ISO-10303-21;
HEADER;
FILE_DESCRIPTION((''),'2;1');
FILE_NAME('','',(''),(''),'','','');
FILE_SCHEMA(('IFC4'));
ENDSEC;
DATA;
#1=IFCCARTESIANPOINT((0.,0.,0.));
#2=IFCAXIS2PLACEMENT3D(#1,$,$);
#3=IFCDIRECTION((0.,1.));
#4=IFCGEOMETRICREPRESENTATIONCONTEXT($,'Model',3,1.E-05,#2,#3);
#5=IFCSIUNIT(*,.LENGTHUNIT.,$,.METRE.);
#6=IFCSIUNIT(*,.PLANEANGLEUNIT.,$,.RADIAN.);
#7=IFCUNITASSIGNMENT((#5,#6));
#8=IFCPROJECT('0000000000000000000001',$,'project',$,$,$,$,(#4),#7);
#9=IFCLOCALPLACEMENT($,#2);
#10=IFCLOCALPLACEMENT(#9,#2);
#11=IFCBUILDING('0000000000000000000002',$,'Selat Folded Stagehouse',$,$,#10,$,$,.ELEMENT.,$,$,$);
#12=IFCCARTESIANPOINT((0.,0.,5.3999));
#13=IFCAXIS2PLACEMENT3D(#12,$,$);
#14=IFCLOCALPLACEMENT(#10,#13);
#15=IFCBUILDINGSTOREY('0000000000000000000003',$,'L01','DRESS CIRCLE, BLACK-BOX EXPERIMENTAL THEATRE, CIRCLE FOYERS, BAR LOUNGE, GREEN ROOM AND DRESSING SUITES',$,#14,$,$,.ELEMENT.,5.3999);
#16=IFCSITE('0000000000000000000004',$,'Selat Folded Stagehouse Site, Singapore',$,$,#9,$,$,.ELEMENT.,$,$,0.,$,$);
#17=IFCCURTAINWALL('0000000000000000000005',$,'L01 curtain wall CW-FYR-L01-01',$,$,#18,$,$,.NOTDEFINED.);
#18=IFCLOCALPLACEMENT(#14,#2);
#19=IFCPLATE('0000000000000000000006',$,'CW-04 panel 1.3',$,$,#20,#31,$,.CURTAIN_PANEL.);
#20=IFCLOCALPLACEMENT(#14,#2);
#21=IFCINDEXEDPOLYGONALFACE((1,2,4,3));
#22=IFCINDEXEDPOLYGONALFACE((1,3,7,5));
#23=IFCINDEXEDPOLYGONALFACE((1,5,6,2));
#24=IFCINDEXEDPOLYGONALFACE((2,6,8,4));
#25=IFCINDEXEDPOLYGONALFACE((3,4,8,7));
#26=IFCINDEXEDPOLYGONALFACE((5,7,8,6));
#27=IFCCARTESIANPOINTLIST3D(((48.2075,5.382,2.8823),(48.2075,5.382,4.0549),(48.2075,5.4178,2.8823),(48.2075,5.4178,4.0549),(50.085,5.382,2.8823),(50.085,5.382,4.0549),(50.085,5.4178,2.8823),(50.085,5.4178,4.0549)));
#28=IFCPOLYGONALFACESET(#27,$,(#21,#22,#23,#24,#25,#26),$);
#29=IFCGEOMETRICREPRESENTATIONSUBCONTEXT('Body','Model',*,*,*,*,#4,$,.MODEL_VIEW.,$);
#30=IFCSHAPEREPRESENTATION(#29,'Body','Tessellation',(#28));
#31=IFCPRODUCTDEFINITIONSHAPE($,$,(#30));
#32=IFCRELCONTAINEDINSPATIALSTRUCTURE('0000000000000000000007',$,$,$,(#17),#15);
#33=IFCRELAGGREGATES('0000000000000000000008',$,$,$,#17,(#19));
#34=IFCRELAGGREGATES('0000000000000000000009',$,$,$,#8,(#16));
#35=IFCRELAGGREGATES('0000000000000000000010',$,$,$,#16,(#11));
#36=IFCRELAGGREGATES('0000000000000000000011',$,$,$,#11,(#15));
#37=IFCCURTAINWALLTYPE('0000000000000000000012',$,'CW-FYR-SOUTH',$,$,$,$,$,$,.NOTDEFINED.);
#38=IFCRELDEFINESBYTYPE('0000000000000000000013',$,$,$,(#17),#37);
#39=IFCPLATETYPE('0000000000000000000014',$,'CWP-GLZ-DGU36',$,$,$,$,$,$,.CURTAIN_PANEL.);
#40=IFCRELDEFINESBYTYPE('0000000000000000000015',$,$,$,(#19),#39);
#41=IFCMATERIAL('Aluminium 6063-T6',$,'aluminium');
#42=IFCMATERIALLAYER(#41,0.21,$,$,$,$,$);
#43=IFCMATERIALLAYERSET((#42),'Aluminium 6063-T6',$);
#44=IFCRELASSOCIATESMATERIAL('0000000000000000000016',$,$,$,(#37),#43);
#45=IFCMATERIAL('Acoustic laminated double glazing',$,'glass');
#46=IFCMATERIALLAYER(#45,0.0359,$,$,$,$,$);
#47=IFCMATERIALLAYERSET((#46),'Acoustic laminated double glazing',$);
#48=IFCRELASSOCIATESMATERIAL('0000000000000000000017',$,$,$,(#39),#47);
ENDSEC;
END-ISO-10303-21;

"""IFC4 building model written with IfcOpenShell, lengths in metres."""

from ifc_helpers import new_model, si_unit, direction, frame, origin, origin_2d, place, context, subcontext, project, spatial, rectangle, extrude, material, layer, layer_set, type_object, element, aggregate, save


model = new_model("IFC4")

# Units and contexts
model_context = context("Model", 3, precision=1e-05, world=origin(), true_north=direction((0.0, 1.0)))
body_context = subcontext(model_context, "Body", "Model", "MODEL_VIEW")
ifc_project = project(units=[si_unit("LENGTHUNIT", "METRE"), si_unit("PLANEANGLEUNIT", "RADIAN")], contexts=[model_context])

# Site, building, storey
site_placement = place(None, origin())
site = spatial("IfcSite", under=ifc_project, at=site_placement, Name="Selat Folded Stagehouse Site, Singapore", CompositionType="ELEMENT", RefElevation=0.0)
building_placement = place(site_placement, origin())
building = spatial("IfcBuilding", under=site, at=building_placement, Name="Selat Folded Stagehouse", CompositionType="ELEMENT")
storey_placement = place(building_placement, frame((0.0, 0.0, 5.3999)))
storey = spatial("IfcBuildingStorey", under=building, at=storey_placement, Name="L01", Description="DRESS CIRCLE, BLACK-BOX EXPERIMENTAL THEATRE, CIRCLE FOYERS, BAR LOUNGE, GREEN ROOM AND DRESSING SUITES", CompositionType="ELEMENT", Elevation=5.3999)

# Curtain wall
ifc_material_1 = material(Name="Aluminium 6063-T6", Category="aluminium")
ifc_layer_1 = layer(ifc_material_1, 0.21)
ifc_layer_set_1 = layer_set([ifc_layer_1], Name="Aluminium 6063-T6")
curtain_wall_type_1 = type_object("IfcCurtainWallType", Name="CW-FYR-SOUTH", PredefinedType="NOTDEFINED", material=ifc_layer_set_1)
curtain_wall_1_placement = place(storey_placement, origin())
curtain_wall_1 = element("IfcCurtainWall", 1, at=curtain_wall_1_placement, inside=storey, type_object=curtain_wall_type_1, Name="L01 curtain wall CW-FYR-L01-01", PredefinedType="NOTDEFINED")

# Plate
ifc_material_2 = material(Name="Acoustic laminated double glazing", Category="glass")
ifc_layer_2 = layer(ifc_material_2, 0.0359)
ifc_layer_set_2 = layer_set([ifc_layer_2], Name="Acoustic laminated double glazing")
plate_type_1 = type_object("IfcPlateType", Name="CWP-GLZ-DGU36", PredefinedType="CURTAIN_PANEL", material=ifc_layer_set_2)
plate_1_placement = place(storey_placement, frame((49.1462, 5.3999, 2.8823), z_axis=(0.0, 0.0, 1.0), x_axis=(-1.0, 0.0, 0.0)))
plate_1 = element("IfcPlate", 2, at=plate_1_placement, type_object=plate_type_1, Name="CW-04 panel 1.3", PredefinedType="CURTAIN_PANEL", context=body_context, shape_type="SweptSolid", body=[
    extrude(rectangle(XDim=1.8774, YDim=0.0359, at=origin_2d()), origin(), (0.0, 0.0, 1.0), 1.1726),
])
aggregate(curtain_wall_1, [plate_1])

save(model, "model.ifc")
